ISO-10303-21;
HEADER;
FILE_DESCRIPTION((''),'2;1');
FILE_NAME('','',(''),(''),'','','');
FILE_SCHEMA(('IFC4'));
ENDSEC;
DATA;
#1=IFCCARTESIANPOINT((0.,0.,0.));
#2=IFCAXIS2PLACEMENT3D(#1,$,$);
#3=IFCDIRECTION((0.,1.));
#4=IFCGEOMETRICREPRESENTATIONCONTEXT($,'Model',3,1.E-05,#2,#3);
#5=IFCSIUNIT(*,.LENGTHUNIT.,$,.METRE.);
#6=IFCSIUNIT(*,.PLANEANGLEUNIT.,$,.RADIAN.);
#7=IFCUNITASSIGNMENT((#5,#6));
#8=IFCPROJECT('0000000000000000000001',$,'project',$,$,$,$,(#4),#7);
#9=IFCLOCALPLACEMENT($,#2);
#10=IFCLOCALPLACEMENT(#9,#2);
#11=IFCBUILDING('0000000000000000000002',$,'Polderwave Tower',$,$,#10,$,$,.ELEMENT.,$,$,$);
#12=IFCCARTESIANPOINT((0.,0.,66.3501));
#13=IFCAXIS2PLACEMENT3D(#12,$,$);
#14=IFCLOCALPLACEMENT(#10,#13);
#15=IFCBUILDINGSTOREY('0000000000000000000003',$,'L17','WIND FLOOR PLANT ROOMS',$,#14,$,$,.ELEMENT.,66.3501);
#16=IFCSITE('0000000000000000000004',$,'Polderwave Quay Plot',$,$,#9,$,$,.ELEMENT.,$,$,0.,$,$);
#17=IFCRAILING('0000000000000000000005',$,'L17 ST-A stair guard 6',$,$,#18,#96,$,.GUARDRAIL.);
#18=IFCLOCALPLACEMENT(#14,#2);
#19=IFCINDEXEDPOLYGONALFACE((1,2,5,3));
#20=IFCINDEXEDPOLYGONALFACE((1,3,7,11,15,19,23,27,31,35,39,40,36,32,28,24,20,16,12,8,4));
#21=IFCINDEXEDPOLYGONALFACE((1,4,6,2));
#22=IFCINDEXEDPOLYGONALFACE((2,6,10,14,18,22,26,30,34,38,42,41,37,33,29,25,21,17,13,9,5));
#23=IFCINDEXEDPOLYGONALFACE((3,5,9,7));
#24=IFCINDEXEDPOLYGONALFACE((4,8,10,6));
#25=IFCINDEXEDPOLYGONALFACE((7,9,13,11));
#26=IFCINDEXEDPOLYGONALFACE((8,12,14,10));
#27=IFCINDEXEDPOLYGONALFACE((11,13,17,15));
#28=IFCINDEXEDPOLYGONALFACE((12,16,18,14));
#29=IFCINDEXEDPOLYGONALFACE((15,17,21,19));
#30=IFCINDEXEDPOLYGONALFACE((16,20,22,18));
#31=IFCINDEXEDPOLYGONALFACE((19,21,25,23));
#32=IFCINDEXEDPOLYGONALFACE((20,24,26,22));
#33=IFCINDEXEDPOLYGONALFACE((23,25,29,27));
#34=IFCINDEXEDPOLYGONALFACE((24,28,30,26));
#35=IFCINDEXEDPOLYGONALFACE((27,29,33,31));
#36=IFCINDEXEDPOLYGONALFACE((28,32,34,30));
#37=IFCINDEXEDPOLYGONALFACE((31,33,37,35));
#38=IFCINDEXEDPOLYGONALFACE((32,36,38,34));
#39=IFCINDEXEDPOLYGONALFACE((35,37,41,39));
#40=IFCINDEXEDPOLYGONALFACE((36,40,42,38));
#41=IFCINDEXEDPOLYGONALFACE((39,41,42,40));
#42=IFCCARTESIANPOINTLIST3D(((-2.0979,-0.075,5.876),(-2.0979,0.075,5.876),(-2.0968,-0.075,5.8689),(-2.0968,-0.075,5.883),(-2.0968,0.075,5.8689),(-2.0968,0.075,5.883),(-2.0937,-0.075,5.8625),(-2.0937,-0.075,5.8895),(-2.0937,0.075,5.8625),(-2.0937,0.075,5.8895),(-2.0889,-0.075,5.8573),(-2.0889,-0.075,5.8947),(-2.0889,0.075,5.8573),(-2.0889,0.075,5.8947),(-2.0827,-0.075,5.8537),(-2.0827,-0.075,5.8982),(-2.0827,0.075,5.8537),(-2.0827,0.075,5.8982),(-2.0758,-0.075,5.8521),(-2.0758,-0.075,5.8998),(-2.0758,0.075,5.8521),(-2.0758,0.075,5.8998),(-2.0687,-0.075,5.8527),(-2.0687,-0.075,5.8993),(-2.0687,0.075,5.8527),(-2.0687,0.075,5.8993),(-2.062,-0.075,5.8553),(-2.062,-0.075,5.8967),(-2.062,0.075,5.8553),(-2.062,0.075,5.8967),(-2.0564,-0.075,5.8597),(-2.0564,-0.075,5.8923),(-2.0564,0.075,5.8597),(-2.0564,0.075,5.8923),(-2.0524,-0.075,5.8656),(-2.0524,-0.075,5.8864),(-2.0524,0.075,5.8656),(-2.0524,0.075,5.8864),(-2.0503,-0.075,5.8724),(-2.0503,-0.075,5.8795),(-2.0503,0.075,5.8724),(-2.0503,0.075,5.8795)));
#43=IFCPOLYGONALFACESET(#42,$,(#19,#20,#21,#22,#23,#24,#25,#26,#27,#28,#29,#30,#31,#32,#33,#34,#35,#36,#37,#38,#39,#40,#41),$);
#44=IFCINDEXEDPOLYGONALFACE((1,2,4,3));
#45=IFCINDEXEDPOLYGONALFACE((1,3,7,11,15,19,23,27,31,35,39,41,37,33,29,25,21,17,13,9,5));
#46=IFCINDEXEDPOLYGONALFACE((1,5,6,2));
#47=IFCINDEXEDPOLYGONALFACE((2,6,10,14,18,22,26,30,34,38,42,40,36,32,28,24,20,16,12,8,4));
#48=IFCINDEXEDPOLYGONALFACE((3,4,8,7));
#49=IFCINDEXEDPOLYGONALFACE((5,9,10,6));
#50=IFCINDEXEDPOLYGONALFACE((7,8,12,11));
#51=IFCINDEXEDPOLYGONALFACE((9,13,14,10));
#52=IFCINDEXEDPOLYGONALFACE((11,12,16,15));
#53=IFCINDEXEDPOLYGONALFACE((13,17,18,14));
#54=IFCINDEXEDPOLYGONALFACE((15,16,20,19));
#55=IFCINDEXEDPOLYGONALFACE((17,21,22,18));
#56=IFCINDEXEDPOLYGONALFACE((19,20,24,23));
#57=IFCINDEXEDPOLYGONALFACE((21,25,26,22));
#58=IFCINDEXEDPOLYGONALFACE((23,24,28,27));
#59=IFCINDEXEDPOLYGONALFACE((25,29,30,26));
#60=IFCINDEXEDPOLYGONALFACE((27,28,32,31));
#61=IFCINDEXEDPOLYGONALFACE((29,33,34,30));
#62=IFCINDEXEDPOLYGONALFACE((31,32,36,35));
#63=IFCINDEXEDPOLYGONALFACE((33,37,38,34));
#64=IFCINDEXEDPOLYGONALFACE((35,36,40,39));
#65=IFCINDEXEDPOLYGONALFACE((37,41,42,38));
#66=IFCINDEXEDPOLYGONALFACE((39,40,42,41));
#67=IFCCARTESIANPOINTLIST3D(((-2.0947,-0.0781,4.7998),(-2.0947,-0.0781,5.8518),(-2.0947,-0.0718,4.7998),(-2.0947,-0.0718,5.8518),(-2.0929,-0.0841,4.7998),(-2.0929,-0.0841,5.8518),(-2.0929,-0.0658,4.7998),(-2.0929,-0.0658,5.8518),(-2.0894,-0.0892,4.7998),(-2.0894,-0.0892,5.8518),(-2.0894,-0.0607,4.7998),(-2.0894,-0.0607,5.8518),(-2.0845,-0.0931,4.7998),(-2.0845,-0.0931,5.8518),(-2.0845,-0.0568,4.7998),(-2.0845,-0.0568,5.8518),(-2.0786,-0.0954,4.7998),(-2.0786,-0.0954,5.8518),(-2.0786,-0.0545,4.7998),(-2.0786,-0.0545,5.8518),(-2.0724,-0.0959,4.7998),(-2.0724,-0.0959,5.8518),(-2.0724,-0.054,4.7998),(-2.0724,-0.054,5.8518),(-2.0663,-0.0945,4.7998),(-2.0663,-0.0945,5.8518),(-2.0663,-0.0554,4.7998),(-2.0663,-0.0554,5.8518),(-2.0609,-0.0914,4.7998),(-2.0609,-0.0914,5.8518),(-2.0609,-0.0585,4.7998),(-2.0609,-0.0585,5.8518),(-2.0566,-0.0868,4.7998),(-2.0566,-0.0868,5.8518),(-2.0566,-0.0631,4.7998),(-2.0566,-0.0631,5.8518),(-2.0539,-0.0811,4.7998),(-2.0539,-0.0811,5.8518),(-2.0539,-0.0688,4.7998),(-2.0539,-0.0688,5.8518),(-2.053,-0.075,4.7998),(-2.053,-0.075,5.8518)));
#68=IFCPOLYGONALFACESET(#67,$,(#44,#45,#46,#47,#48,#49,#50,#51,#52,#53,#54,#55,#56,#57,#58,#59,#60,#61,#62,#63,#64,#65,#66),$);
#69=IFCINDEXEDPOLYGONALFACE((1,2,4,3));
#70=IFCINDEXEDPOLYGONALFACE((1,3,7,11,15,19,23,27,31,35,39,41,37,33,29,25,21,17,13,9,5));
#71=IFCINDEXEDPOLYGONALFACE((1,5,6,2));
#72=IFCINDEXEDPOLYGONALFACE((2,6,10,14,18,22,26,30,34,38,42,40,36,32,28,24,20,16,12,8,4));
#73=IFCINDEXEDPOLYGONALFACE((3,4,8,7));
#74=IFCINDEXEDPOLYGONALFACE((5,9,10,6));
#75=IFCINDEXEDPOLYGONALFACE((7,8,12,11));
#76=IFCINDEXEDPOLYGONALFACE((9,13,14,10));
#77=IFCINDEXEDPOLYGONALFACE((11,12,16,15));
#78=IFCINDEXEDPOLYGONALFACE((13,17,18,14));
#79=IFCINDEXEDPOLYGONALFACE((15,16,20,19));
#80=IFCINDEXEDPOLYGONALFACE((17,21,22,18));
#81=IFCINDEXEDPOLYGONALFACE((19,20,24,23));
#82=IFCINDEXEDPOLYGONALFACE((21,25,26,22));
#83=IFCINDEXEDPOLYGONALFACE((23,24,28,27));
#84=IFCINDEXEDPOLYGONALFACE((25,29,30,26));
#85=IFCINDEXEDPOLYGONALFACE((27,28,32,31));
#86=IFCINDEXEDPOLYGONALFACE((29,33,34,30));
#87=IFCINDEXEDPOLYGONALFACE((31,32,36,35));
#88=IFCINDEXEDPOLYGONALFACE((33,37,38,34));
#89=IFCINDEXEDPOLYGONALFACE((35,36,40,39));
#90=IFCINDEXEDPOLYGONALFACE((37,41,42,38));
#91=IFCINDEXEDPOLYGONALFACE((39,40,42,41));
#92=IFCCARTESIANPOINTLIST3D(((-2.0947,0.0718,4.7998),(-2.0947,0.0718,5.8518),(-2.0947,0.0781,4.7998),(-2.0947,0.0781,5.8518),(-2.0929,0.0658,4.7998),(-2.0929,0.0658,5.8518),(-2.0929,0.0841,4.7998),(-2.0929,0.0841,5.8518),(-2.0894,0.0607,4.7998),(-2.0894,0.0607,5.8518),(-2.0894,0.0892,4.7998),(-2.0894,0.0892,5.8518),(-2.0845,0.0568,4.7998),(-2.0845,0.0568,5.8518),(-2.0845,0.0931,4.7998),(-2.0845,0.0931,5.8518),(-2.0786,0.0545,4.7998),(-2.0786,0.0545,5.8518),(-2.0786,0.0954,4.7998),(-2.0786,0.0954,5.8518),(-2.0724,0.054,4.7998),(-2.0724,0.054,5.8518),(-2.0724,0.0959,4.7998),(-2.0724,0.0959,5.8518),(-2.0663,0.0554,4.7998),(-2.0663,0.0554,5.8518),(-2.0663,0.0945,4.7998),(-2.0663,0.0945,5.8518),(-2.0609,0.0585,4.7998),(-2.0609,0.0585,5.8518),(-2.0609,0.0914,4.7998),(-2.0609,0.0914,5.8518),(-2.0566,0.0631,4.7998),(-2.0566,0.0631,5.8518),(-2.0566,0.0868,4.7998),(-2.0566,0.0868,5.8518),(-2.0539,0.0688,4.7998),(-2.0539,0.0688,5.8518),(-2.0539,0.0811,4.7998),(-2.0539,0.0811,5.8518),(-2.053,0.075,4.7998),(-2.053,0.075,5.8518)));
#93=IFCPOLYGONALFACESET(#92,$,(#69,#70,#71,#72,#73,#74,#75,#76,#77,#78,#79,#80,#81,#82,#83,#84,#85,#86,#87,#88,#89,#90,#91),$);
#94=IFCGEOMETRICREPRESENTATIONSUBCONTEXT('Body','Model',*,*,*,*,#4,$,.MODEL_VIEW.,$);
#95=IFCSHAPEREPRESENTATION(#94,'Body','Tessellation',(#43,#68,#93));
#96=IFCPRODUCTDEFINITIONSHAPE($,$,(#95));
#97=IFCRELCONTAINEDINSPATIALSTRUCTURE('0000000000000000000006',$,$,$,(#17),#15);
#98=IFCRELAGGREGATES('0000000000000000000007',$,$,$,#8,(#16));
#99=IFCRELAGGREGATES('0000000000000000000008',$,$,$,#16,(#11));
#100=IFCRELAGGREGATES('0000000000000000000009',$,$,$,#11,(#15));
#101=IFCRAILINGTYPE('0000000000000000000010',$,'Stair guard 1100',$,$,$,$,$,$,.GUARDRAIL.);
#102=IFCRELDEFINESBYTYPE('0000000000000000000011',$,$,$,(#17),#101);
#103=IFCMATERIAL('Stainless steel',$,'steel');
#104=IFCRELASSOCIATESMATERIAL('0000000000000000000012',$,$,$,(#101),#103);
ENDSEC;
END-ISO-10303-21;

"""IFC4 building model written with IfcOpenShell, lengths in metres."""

from ifc_helpers import new_model, si_unit, direction, frame, origin, origin_2d, place, context, subcontext, project, spatial, circle, extrude, material, type_object, element, save


model = new_model("IFC4")

# Units and contexts
model_context = context("Model", 3, precision=1e-05, world=origin(), true_north=direction((0.0, 1.0)))
body_context = subcontext(model_context, "Body", "Model", "MODEL_VIEW")
ifc_project = project(units=[si_unit("LENGTHUNIT", "METRE"), si_unit("PLANEANGLEUNIT", "RADIAN")], contexts=[model_context])

# Site, building, storey
site_placement = place(None, origin())
site = spatial("IfcSite", under=ifc_project, at=site_placement, Name="Polderwave Quay Plot", CompositionType="ELEMENT", RefElevation=0.0)
building_placement = place(site_placement, origin())
building = spatial("IfcBuilding", under=site, at=building_placement, Name="Polderwave Tower", CompositionType="ELEMENT")
storey_placement = place(building_placement, frame((0.0, 0.0, 66.3501)))
storey = spatial("IfcBuildingStorey", under=building, at=storey_placement, Name="L17", Description="WIND FLOOR PLANT ROOMS", CompositionType="ELEMENT", Elevation=66.3501)

# Railing
ifc_material_1 = material(Name="Stainless steel", Category="steel")
railing_type_1 = type_object("IfcRailingType", Name="Stair guard 1100", PredefinedType="GUARDRAIL", material=ifc_material_1)
railing_1_placement = place(storey_placement, frame((-2.074, -0.075, 4.7998)))
element("IfcRailing", 1, at=railing_1_placement, inside=storey, type_object=railing_type_1, Name="L17 ST-A stair guard 6", PredefinedType="GUARDRAIL", context=body_context, shape_type="SweptSolid", body=[
    extrude(circle(Radius=0.0239, at=origin_2d()), frame((0.0, 0.0, 1.0762), z_axis=(0.0, 1.0, 0.0), x_axis=(-1.0, 0.0, 0.0)), (0.0, 0.0, 1.0), 0.1499),
    extrude(circle(Radius=0.021, at=origin_2d()), origin(), (0.0, 0.0, 1.0), 1.052),
    extrude(circle(Radius=0.021, at=origin_2d()), frame((0.0, 0.1499, 0.0)), (0.0, 0.0, 1.0), 1.052),
])

save(model, "model.ifc")
